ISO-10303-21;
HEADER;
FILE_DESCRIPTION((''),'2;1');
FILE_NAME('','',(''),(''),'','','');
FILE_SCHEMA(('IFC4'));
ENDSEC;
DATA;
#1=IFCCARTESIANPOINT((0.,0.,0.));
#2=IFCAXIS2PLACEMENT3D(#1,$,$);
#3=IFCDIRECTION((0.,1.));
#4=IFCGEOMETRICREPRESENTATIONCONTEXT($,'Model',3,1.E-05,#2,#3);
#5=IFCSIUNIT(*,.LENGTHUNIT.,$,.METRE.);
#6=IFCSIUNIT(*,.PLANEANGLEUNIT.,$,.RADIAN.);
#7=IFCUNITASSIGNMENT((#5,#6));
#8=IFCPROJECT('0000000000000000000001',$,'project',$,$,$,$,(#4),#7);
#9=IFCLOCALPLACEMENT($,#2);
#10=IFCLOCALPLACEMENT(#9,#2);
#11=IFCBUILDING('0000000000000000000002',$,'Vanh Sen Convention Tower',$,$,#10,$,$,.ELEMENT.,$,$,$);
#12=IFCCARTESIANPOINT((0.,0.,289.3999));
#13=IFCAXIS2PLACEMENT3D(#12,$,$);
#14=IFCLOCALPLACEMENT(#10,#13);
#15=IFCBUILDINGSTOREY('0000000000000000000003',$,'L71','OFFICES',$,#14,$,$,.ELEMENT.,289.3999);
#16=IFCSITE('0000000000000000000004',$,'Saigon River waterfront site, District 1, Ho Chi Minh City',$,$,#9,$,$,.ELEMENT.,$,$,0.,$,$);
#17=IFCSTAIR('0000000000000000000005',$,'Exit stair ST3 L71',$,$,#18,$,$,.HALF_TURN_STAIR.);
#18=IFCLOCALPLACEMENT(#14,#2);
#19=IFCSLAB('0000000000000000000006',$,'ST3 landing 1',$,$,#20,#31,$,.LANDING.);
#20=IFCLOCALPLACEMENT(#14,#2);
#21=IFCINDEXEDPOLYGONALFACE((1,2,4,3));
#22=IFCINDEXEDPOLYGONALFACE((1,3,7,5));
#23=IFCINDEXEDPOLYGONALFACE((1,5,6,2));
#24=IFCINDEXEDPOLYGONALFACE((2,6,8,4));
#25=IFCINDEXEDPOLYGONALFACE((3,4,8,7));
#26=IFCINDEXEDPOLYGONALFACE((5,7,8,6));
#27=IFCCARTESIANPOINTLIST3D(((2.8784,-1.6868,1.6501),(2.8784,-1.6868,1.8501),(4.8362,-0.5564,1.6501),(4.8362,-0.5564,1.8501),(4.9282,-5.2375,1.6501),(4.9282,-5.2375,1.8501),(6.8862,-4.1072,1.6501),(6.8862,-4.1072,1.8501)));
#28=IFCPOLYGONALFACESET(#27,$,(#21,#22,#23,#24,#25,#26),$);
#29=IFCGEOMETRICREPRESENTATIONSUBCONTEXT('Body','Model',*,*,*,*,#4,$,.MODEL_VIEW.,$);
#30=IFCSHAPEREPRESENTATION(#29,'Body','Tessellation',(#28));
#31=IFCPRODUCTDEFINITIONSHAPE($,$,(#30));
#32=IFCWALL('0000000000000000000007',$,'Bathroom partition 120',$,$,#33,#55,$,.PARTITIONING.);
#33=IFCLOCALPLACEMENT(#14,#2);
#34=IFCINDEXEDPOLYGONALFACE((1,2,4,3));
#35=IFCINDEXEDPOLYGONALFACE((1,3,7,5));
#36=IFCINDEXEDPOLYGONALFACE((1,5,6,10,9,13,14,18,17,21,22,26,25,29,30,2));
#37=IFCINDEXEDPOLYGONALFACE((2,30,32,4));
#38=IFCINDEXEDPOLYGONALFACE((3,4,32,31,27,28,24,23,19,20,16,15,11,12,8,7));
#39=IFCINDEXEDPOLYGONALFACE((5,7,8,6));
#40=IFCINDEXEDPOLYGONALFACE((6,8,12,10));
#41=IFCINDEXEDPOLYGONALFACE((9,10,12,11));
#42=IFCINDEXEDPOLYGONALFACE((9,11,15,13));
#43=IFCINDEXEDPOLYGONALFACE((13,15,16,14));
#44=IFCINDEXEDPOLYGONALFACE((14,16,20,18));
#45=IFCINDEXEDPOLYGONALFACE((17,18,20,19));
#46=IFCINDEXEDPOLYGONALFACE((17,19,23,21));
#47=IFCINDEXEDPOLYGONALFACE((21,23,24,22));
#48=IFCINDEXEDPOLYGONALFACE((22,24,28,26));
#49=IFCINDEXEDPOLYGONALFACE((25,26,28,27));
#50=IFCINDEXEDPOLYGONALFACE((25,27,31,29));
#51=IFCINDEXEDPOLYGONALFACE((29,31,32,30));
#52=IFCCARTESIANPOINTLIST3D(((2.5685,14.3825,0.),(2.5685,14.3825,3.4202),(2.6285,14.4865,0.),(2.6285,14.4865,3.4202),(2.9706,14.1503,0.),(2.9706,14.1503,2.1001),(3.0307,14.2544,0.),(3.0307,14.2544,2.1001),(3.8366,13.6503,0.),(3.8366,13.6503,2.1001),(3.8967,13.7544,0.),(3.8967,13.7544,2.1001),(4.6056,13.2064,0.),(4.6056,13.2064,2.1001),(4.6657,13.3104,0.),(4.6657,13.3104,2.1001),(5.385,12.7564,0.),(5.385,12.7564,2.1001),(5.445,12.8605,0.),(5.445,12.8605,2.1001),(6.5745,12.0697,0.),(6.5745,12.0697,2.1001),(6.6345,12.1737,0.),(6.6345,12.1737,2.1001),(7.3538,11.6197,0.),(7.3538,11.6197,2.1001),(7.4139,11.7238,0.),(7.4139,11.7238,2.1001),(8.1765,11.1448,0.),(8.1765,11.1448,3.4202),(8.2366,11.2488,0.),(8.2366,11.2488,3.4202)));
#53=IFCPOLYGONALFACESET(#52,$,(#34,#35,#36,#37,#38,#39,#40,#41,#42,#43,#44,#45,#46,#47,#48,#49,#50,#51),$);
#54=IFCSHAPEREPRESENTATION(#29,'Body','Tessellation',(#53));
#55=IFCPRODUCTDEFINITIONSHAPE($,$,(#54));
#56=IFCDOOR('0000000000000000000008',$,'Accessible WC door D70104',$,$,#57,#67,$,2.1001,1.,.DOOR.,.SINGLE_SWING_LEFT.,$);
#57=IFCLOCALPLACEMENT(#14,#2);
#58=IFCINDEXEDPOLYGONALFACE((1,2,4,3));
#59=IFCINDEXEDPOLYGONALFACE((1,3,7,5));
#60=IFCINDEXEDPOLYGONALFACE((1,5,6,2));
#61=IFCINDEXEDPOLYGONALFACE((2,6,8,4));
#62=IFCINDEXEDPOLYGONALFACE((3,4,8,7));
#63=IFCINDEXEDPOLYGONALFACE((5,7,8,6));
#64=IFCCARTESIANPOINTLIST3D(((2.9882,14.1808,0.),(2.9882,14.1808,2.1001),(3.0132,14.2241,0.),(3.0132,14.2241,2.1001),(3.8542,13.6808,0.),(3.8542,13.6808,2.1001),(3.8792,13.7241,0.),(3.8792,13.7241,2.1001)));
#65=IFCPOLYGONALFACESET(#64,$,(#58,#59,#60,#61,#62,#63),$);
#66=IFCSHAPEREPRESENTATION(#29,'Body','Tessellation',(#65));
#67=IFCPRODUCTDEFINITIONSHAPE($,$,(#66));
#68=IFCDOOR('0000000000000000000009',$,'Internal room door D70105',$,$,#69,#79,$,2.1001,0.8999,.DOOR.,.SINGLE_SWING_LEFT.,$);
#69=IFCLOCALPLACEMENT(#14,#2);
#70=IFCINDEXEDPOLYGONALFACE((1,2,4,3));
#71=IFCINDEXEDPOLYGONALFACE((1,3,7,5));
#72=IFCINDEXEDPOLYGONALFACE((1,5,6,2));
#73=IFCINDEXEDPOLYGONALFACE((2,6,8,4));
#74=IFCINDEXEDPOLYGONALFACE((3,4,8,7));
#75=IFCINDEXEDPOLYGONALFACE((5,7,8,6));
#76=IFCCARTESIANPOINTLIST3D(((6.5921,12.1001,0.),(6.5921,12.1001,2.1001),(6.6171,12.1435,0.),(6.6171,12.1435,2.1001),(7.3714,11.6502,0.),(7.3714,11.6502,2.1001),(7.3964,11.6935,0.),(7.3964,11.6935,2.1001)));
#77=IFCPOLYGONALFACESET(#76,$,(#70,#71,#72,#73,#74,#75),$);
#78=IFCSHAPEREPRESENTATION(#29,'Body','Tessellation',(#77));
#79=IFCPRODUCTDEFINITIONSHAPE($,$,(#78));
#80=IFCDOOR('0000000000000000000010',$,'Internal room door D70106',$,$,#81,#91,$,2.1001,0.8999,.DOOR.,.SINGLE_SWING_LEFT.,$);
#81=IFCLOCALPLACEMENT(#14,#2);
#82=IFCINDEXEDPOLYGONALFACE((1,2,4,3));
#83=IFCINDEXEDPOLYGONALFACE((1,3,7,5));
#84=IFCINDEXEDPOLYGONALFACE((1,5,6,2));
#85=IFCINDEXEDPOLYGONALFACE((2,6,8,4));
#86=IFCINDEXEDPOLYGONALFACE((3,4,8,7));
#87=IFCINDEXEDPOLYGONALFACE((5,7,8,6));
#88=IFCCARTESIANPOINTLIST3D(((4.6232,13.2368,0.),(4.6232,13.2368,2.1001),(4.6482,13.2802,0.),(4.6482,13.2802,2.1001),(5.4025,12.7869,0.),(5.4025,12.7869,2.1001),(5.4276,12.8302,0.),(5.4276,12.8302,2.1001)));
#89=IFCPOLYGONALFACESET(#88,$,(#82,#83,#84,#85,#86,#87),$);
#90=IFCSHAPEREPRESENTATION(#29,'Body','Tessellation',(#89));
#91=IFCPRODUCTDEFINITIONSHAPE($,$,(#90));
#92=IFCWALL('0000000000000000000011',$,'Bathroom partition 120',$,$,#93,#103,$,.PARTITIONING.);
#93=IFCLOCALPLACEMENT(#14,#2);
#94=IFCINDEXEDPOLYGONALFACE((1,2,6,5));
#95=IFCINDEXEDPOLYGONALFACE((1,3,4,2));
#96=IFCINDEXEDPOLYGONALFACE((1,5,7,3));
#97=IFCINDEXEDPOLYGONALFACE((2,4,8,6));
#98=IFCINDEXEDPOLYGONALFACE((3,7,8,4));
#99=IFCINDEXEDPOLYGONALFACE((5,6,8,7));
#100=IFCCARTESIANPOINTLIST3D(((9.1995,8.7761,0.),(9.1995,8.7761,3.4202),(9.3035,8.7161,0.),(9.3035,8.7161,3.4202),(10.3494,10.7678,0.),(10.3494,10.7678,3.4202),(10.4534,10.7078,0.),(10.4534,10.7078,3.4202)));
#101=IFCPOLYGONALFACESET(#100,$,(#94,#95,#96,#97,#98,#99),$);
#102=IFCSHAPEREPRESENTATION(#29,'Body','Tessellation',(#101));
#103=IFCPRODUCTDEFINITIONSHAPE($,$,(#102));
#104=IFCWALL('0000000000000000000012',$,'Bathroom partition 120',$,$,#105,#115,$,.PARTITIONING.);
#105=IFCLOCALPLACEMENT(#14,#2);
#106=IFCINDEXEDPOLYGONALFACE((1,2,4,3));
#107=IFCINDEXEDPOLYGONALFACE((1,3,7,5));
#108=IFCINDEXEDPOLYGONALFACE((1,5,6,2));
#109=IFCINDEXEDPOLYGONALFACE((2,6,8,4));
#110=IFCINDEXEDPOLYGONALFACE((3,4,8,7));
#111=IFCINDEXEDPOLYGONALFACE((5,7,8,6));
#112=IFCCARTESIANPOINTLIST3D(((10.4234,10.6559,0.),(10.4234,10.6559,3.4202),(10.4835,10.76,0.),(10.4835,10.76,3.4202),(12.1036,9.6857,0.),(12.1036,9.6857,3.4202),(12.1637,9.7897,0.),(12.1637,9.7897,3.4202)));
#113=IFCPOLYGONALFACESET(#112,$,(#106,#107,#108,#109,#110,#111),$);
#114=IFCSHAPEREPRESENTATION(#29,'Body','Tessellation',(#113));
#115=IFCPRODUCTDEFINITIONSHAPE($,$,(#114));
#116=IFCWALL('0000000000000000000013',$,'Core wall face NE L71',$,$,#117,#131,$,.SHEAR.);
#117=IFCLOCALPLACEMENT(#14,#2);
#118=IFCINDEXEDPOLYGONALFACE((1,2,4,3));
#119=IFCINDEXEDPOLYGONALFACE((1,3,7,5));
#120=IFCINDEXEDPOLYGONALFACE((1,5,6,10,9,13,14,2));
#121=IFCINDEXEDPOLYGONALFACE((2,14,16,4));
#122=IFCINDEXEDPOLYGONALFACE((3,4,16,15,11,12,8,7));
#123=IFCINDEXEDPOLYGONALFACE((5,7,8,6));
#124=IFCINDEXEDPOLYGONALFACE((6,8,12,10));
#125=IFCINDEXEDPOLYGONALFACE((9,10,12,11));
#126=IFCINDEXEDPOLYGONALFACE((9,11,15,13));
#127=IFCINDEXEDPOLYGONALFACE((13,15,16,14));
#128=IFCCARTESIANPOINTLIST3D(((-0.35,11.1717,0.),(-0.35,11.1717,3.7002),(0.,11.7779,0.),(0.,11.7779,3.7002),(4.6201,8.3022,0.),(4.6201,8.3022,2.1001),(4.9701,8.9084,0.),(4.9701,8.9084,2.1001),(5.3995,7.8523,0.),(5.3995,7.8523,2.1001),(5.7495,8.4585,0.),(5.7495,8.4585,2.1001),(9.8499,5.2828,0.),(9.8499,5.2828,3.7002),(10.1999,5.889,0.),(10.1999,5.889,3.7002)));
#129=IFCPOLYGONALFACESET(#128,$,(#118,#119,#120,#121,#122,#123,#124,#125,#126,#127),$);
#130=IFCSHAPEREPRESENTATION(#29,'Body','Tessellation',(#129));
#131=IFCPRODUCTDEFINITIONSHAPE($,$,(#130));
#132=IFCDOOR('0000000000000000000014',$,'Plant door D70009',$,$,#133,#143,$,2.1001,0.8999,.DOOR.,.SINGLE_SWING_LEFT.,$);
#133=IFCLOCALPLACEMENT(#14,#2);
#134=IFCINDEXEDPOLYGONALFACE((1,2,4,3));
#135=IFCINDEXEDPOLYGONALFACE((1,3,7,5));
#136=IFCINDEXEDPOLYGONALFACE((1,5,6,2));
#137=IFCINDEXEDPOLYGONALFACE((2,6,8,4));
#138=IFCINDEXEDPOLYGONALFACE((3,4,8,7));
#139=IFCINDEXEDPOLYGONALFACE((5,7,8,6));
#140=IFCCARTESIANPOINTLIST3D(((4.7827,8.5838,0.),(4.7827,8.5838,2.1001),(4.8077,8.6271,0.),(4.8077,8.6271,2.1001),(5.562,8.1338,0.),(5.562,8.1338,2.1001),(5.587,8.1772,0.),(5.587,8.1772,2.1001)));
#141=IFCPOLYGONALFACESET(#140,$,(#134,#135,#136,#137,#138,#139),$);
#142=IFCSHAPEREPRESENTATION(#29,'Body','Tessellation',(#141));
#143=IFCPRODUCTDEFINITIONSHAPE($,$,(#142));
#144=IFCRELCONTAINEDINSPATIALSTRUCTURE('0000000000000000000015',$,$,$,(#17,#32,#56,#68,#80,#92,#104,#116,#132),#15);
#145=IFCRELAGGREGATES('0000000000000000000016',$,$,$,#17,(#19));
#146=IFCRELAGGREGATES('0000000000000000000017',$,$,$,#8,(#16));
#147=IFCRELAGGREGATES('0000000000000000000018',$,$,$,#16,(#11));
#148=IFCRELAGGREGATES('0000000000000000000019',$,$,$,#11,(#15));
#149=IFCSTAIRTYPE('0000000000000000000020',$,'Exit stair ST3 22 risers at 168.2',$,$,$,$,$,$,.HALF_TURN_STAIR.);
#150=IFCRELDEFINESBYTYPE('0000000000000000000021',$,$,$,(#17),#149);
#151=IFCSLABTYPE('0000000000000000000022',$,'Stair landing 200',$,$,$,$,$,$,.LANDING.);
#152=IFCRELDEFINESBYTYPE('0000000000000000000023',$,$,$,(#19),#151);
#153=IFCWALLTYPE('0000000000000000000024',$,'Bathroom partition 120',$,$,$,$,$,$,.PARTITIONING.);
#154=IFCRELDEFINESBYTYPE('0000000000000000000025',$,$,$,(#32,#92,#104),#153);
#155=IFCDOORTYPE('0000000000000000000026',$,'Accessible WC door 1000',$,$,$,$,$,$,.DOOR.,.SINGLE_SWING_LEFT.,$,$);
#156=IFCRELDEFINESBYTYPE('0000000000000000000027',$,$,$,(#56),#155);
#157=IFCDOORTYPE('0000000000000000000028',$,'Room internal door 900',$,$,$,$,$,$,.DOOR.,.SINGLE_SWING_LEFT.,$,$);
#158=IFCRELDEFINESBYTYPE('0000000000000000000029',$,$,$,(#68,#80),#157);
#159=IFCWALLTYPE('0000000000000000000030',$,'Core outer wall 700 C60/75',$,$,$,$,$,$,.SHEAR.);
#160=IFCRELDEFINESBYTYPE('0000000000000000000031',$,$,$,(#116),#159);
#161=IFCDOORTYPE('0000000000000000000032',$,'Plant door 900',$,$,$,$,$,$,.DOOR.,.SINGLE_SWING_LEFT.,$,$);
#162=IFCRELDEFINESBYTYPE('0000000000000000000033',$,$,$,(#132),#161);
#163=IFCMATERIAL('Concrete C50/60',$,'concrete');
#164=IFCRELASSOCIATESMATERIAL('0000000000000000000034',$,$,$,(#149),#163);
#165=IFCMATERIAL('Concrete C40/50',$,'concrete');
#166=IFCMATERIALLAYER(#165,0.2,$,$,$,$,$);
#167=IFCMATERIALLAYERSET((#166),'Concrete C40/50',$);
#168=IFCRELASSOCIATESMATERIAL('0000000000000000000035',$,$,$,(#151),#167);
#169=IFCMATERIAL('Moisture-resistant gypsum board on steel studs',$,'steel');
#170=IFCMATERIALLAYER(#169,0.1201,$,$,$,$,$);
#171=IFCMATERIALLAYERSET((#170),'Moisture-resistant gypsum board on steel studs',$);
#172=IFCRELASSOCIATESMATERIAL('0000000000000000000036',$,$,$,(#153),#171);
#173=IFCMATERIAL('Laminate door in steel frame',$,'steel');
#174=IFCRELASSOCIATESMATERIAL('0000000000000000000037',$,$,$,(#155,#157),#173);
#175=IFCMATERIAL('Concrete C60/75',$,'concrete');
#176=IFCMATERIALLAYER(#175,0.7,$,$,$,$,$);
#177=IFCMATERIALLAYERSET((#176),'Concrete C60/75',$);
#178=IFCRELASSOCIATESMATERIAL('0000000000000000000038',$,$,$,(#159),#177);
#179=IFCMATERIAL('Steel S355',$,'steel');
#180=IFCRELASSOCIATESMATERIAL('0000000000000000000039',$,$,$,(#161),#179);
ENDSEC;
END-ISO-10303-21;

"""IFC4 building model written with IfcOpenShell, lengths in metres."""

from ifc_helpers import new_model, si_unit, direction, frame, frame_2d, origin, place, context, subcontext, project, spatial, polyline, rectangle, outline, extrude, material, layer, layer_set, type_object, element, fill, aggregate, save


model = new_model("IFC4")

# Units and contexts
model_context = context("Model", 3, precision=1e-05, world=origin(), true_north=direction((0.0, 1.0)))
body_context = subcontext(model_context, "Body", "Model", "MODEL_VIEW")
ifc_project = project(units=[si_unit("LENGTHUNIT", "METRE"), si_unit("PLANEANGLEUNIT", "RADIAN")], contexts=[model_context])

# Site, building, storey
site_placement = place(None, origin())
site = spatial("IfcSite", under=ifc_project, at=site_placement, Name="Saigon River waterfront site, District 1, Ho Chi Minh City", CompositionType="ELEMENT", RefElevation=0.0)
building_placement = place(site_placement, origin())
building = spatial("IfcBuilding", under=site, at=building_placement, Name="Vanh Sen Convention Tower", CompositionType="ELEMENT")
storey_placement = place(building_placement, frame((0.0, 0.0, 289.3999)))
storey = spatial("IfcBuildingStorey", under=building, at=storey_placement, Name="L71", Description="OFFICES", CompositionType="ELEMENT", Elevation=289.3999)

# Stair, slab
ifc_material_1 = material(Name="Concrete C50/60", Category="concrete")
stair_type = type_object("IfcStairType", Name="Exit stair ST3 22 risers at 168.2", PredefinedType="HALF_TURN_STAIR", material=ifc_material_1)
stair_placement = place(storey_placement, origin())
stair = element("IfcStair", 1, at=stair_placement, inside=storey, type_object=stair_type, Name="Exit stair ST3 L71", PredefinedType="HALF_TURN_STAIR")
ifc_material_2 = material(Name="Concrete C40/50", Category="concrete")
ifc_layer_1 = layer(ifc_material_2, 0.2)
ifc_layer_set_1 = layer_set([ifc_layer_1], Name="Concrete C40/50")
slab_type = type_object("IfcSlabType", Name="Stair landing 200", PredefinedType="LANDING", material=ifc_layer_set_1)
slab_placement = place(storey_placement, frame((0.0, 0.0, 1.6501)))
slab = element("IfcSlab", 2, at=slab_placement, type_object=slab_type, Name="ST3 landing 1", PredefinedType="LANDING", context=body_context, shape_type="SweptSolid", body=[
    extrude(outline(polyline([(4.9282, -5.2375), (6.8862, -4.1072), (4.8362, -0.5564), (2.8784, -1.6868), (4.9282, -5.2375)])), origin(), (0.0, 0.0, 1.0), 0.2),
])
aggregate(stair, [slab])

# Wall, openings, doors
ifc_material_3 = material(Name="Moisture-resistant gypsum board on steel studs", Category="steel")
ifc_layer_2 = layer(ifc_material_3, 0.1201)
ifc_layer_set_2 = layer_set([ifc_layer_2], Name="Moisture-resistant gypsum board on steel studs")
wall_type_1 = type_object("IfcWallType", Name="Bathroom partition 120", PredefinedType="PARTITIONING", material=ifc_layer_set_2)
wall_1_placement = place(storey_placement, frame((8.2065, 11.1968, 0.0), z_axis=(0.0, 0.0, 1.0), x_axis=(-0.866031, 0.499991, 0.0)))
wall_1 = element("IfcWall", 3, at=wall_1_placement, inside=storey, type_object=wall_type_1, Name="Bathroom partition 120", PredefinedType="PARTITIONING", context=body_context, shape_type="SweptSolid", body=[
    extrude(rectangle(XDim=6.4756, YDim=0.1201, at=frame_2d((3.2378, 0.0))), origin(), (0.0, 0.0, 1.0), 3.4202),
])
opening_1_placement = place(wall_1_placement, frame((5.0112, 0.0, 0.0)))
opening_1 = element("IfcOpeningElement", 4, at=opening_1_placement, cuts=wall_1, PredefinedType="OPENING", context=body_context, shape_type="SweptSolid", body=[
    extrude(rectangle(XDim=1.0, YDim=2.1001, at=frame_2d((0.5, 1.05))), frame((0.0, 0.0701, 0.0), z_axis=(0.0, -1.0, 0.0), x_axis=(1.0, 0.0, 0.0)), (0.0, 0.0, 1.0), 0.1401),
])
opening_2_placement = place(wall_1_placement, frame((0.95, 0.0, 0.0)))
opening_2 = element("IfcOpeningElement", 5, at=opening_2_placement, cuts=wall_1, PredefinedType="OPENING", context=body_context, shape_type="SweptSolid", body=[
    extrude(rectangle(XDim=0.8999, YDim=2.1001, at=frame_2d((0.45, 1.05))), frame((0.0, 0.0701, 0.0), z_axis=(0.0, -1.0, 0.0), x_axis=(1.0, 0.0, 0.0)), (0.0, 0.0, 1.0), 0.1401),
])
opening_3_placement = place(wall_1_placement, frame((3.2234, 0.0, 0.0)))
opening_3 = element("IfcOpeningElement", 6, at=opening_3_placement, cuts=wall_1, PredefinedType="OPENING", context=body_context, shape_type="SweptSolid", body=[
    extrude(rectangle(XDim=0.8999, YDim=2.1001, at=frame_2d((0.45, 1.05))), frame((0.0, 0.0701, 0.0), z_axis=(0.0, -1.0, 0.0), x_axis=(1.0, 0.0, 0.0)), (0.0, 0.0, 1.0), 0.1401),
])
ifc_material_4 = material(Name="Laminate door in steel frame", Category="steel")
door_type_1 = type_object("IfcDoorType", Name="Accessible WC door 1000", OperationType="SINGLE_SWING_LEFT", PredefinedType="DOOR", material=ifc_material_4)
door_1_placement = place(opening_1_placement, origin())
door_1 = element("IfcDoor", 7, at=door_1_placement, inside=storey, type_object=door_type_1, Name="Accessible WC door D70104", OperationType="SINGLE_SWING_LEFT", OverallHeight=2.1001, OverallWidth=1.0, PredefinedType="DOOR", context=body_context, shape_type="SweptSolid", body=[
    extrude(rectangle(XDim=1.0, YDim=2.1001, at=frame_2d((0.5, 1.05))), frame((0.0, 0.0249, 0.0), z_axis=(0.0, -1.0, 0.0), x_axis=(1.0, 0.0, 0.0)), (0.0, 0.0, 1.0), 0.05),
])
fill(opening_1, door_1)
door_type_2 = type_object("IfcDoorType", Name="Room internal door 900", OperationType="SINGLE_SWING_LEFT", PredefinedType="DOOR", material=ifc_material_4)
door_2_placement = place(opening_2_placement, origin())
door_2 = element("IfcDoor", 8, at=door_2_placement, inside=storey, type_object=door_type_2, Name="Internal room door D70105", OperationType="SINGLE_SWING_LEFT", OverallHeight=2.1001, OverallWidth=0.8999, PredefinedType="DOOR", context=body_context, shape_type="SweptSolid", body=[
    extrude(rectangle(XDim=0.8999, YDim=2.1001, at=frame_2d((0.45, 1.05))), frame((0.0, 0.0249, 0.0), z_axis=(0.0, -1.0, 0.0), x_axis=(1.0, 0.0, 0.0)), (0.0, 0.0, 1.0), 0.05),
])
fill(opening_2, door_2)
door_3_placement = place(opening_3_placement, origin())
door_3 = element("IfcDoor", 9, at=door_3_placement, inside=storey, type_object=door_type_2, Name="Internal room door D70106", OperationType="SINGLE_SWING_LEFT", OverallHeight=2.1001, OverallWidth=0.8999, PredefinedType="DOOR", context=body_context, shape_type="SweptSolid", body=[
    extrude(rectangle(XDim=0.8999, YDim=2.1001, at=frame_2d((0.45, 1.05))), frame((0.0, 0.0249, 0.0), z_axis=(0.0, -1.0, 0.0), x_axis=(1.0, 0.0, 0.0)), (0.0, 0.0, 1.0), 0.05),
])
fill(opening_3, door_3)

# Walls
wall_2_placement = place(storey_placement, frame((9.2515, 8.7461, 0.0), z_axis=(0.0, 0.0, 1.0), x_axis=(0.499998, 0.866026, 0.0)))
element("IfcWall", 10, at=wall_2_placement, inside=storey, type_object=wall_type_1, Name="Bathroom partition 120", PredefinedType="PARTITIONING", context=body_context, shape_type="SweptSolid", body=[
    extrude(rectangle(XDim=2.2998, YDim=0.1201, at=frame_2d((1.1499, 0.0))), origin(), (0.0, 0.0, 1.0), 3.4202),
])
wall_3_placement = place(storey_placement, frame((10.4534, 10.708, 0.0), z_axis=(0.0, 0.0, 1.0), x_axis=(0.865989, -0.500064, 0.0)))
element("IfcWall", 11, at=wall_3_placement, inside=storey, type_object=wall_type_1, Name="Bathroom partition 120", PredefinedType="PARTITIONING", context=body_context, shape_type="SweptSolid", body=[
    extrude(rectangle(XDim=1.9402, YDim=0.1201, at=frame_2d((0.9702, 0.0))), origin(), (0.0, 0.0, 1.0), 3.4202),
])

# Wall, opening, door
ifc_material_5 = material(Name="Concrete C60/75", Category="concrete")
ifc_layer_3 = layer(ifc_material_5, 0.7)
ifc_layer_set_3 = layer_set([ifc_layer_3], Name="Concrete C60/75")
wall_type_2 = type_object("IfcWallType", Name="Core outer wall 700 C60/75", PredefinedType="SHEAR", material=ifc_layer_set_3)
wall_4_placement = place(storey_placement, frame((10.0249, 5.5859, 0.0), z_axis=(0.0, 0.0, 1.0), x_axis=(-0.866026, 0.499998, 0.0)))
wall_4 = element("IfcWall", 12, at=wall_4_placement, inside=storey, type_object=wall_type_2, Name="Core wall face NE L71", PredefinedType="SHEAR", context=body_context, shape_type="SweptSolid", body=[
    extrude(rectangle(XDim=11.7778, YDim=0.7, at=frame_2d((5.8889, 0.0))), origin(), (0.0, 0.0, 1.0), 3.7002),
])
opening_4_placement = place(wall_4_placement, frame((5.1389, 0.0, 0.0)))
opening_4 = element("IfcOpeningElement", 13, at=opening_4_placement, cuts=wall_4, PredefinedType="OPENING", context=body_context, shape_type="SweptSolid", body=[
    extrude(rectangle(XDim=0.8999, YDim=2.1001, at=frame_2d((0.45, 1.05))), frame((0.0, 0.3599, 0.0), z_axis=(0.0, -1.0, 0.0), x_axis=(1.0, 0.0, 0.0)), (0.0, 0.0, 1.0), 0.72),
])
ifc_material_6 = material(Name="Steel S355", Category="steel")
door_type_3 = type_object("IfcDoorType", Name="Plant door 900", OperationType="SINGLE_SWING_LEFT", PredefinedType="DOOR", material=ifc_material_6)
door_4_placement = place(opening_4_placement, origin())
door_4 = element("IfcDoor", 14, at=door_4_placement, inside=storey, type_object=door_type_3, Name="Plant door D70009", OperationType="SINGLE_SWING_LEFT", OverallHeight=2.1001, OverallWidth=0.8999, PredefinedType="DOOR", context=body_context, shape_type="SweptSolid", body=[
    extrude(rectangle(XDim=0.8999, YDim=2.1001, at=frame_2d((0.45, 1.05))), frame((0.0, 0.0249, 0.0), z_axis=(0.0, -1.0, 0.0), x_axis=(1.0, 0.0, 0.0)), (0.0, 0.0, 1.0), 0.05),
])
fill(opening_4, door_4)

save(model, "model.ifc")
